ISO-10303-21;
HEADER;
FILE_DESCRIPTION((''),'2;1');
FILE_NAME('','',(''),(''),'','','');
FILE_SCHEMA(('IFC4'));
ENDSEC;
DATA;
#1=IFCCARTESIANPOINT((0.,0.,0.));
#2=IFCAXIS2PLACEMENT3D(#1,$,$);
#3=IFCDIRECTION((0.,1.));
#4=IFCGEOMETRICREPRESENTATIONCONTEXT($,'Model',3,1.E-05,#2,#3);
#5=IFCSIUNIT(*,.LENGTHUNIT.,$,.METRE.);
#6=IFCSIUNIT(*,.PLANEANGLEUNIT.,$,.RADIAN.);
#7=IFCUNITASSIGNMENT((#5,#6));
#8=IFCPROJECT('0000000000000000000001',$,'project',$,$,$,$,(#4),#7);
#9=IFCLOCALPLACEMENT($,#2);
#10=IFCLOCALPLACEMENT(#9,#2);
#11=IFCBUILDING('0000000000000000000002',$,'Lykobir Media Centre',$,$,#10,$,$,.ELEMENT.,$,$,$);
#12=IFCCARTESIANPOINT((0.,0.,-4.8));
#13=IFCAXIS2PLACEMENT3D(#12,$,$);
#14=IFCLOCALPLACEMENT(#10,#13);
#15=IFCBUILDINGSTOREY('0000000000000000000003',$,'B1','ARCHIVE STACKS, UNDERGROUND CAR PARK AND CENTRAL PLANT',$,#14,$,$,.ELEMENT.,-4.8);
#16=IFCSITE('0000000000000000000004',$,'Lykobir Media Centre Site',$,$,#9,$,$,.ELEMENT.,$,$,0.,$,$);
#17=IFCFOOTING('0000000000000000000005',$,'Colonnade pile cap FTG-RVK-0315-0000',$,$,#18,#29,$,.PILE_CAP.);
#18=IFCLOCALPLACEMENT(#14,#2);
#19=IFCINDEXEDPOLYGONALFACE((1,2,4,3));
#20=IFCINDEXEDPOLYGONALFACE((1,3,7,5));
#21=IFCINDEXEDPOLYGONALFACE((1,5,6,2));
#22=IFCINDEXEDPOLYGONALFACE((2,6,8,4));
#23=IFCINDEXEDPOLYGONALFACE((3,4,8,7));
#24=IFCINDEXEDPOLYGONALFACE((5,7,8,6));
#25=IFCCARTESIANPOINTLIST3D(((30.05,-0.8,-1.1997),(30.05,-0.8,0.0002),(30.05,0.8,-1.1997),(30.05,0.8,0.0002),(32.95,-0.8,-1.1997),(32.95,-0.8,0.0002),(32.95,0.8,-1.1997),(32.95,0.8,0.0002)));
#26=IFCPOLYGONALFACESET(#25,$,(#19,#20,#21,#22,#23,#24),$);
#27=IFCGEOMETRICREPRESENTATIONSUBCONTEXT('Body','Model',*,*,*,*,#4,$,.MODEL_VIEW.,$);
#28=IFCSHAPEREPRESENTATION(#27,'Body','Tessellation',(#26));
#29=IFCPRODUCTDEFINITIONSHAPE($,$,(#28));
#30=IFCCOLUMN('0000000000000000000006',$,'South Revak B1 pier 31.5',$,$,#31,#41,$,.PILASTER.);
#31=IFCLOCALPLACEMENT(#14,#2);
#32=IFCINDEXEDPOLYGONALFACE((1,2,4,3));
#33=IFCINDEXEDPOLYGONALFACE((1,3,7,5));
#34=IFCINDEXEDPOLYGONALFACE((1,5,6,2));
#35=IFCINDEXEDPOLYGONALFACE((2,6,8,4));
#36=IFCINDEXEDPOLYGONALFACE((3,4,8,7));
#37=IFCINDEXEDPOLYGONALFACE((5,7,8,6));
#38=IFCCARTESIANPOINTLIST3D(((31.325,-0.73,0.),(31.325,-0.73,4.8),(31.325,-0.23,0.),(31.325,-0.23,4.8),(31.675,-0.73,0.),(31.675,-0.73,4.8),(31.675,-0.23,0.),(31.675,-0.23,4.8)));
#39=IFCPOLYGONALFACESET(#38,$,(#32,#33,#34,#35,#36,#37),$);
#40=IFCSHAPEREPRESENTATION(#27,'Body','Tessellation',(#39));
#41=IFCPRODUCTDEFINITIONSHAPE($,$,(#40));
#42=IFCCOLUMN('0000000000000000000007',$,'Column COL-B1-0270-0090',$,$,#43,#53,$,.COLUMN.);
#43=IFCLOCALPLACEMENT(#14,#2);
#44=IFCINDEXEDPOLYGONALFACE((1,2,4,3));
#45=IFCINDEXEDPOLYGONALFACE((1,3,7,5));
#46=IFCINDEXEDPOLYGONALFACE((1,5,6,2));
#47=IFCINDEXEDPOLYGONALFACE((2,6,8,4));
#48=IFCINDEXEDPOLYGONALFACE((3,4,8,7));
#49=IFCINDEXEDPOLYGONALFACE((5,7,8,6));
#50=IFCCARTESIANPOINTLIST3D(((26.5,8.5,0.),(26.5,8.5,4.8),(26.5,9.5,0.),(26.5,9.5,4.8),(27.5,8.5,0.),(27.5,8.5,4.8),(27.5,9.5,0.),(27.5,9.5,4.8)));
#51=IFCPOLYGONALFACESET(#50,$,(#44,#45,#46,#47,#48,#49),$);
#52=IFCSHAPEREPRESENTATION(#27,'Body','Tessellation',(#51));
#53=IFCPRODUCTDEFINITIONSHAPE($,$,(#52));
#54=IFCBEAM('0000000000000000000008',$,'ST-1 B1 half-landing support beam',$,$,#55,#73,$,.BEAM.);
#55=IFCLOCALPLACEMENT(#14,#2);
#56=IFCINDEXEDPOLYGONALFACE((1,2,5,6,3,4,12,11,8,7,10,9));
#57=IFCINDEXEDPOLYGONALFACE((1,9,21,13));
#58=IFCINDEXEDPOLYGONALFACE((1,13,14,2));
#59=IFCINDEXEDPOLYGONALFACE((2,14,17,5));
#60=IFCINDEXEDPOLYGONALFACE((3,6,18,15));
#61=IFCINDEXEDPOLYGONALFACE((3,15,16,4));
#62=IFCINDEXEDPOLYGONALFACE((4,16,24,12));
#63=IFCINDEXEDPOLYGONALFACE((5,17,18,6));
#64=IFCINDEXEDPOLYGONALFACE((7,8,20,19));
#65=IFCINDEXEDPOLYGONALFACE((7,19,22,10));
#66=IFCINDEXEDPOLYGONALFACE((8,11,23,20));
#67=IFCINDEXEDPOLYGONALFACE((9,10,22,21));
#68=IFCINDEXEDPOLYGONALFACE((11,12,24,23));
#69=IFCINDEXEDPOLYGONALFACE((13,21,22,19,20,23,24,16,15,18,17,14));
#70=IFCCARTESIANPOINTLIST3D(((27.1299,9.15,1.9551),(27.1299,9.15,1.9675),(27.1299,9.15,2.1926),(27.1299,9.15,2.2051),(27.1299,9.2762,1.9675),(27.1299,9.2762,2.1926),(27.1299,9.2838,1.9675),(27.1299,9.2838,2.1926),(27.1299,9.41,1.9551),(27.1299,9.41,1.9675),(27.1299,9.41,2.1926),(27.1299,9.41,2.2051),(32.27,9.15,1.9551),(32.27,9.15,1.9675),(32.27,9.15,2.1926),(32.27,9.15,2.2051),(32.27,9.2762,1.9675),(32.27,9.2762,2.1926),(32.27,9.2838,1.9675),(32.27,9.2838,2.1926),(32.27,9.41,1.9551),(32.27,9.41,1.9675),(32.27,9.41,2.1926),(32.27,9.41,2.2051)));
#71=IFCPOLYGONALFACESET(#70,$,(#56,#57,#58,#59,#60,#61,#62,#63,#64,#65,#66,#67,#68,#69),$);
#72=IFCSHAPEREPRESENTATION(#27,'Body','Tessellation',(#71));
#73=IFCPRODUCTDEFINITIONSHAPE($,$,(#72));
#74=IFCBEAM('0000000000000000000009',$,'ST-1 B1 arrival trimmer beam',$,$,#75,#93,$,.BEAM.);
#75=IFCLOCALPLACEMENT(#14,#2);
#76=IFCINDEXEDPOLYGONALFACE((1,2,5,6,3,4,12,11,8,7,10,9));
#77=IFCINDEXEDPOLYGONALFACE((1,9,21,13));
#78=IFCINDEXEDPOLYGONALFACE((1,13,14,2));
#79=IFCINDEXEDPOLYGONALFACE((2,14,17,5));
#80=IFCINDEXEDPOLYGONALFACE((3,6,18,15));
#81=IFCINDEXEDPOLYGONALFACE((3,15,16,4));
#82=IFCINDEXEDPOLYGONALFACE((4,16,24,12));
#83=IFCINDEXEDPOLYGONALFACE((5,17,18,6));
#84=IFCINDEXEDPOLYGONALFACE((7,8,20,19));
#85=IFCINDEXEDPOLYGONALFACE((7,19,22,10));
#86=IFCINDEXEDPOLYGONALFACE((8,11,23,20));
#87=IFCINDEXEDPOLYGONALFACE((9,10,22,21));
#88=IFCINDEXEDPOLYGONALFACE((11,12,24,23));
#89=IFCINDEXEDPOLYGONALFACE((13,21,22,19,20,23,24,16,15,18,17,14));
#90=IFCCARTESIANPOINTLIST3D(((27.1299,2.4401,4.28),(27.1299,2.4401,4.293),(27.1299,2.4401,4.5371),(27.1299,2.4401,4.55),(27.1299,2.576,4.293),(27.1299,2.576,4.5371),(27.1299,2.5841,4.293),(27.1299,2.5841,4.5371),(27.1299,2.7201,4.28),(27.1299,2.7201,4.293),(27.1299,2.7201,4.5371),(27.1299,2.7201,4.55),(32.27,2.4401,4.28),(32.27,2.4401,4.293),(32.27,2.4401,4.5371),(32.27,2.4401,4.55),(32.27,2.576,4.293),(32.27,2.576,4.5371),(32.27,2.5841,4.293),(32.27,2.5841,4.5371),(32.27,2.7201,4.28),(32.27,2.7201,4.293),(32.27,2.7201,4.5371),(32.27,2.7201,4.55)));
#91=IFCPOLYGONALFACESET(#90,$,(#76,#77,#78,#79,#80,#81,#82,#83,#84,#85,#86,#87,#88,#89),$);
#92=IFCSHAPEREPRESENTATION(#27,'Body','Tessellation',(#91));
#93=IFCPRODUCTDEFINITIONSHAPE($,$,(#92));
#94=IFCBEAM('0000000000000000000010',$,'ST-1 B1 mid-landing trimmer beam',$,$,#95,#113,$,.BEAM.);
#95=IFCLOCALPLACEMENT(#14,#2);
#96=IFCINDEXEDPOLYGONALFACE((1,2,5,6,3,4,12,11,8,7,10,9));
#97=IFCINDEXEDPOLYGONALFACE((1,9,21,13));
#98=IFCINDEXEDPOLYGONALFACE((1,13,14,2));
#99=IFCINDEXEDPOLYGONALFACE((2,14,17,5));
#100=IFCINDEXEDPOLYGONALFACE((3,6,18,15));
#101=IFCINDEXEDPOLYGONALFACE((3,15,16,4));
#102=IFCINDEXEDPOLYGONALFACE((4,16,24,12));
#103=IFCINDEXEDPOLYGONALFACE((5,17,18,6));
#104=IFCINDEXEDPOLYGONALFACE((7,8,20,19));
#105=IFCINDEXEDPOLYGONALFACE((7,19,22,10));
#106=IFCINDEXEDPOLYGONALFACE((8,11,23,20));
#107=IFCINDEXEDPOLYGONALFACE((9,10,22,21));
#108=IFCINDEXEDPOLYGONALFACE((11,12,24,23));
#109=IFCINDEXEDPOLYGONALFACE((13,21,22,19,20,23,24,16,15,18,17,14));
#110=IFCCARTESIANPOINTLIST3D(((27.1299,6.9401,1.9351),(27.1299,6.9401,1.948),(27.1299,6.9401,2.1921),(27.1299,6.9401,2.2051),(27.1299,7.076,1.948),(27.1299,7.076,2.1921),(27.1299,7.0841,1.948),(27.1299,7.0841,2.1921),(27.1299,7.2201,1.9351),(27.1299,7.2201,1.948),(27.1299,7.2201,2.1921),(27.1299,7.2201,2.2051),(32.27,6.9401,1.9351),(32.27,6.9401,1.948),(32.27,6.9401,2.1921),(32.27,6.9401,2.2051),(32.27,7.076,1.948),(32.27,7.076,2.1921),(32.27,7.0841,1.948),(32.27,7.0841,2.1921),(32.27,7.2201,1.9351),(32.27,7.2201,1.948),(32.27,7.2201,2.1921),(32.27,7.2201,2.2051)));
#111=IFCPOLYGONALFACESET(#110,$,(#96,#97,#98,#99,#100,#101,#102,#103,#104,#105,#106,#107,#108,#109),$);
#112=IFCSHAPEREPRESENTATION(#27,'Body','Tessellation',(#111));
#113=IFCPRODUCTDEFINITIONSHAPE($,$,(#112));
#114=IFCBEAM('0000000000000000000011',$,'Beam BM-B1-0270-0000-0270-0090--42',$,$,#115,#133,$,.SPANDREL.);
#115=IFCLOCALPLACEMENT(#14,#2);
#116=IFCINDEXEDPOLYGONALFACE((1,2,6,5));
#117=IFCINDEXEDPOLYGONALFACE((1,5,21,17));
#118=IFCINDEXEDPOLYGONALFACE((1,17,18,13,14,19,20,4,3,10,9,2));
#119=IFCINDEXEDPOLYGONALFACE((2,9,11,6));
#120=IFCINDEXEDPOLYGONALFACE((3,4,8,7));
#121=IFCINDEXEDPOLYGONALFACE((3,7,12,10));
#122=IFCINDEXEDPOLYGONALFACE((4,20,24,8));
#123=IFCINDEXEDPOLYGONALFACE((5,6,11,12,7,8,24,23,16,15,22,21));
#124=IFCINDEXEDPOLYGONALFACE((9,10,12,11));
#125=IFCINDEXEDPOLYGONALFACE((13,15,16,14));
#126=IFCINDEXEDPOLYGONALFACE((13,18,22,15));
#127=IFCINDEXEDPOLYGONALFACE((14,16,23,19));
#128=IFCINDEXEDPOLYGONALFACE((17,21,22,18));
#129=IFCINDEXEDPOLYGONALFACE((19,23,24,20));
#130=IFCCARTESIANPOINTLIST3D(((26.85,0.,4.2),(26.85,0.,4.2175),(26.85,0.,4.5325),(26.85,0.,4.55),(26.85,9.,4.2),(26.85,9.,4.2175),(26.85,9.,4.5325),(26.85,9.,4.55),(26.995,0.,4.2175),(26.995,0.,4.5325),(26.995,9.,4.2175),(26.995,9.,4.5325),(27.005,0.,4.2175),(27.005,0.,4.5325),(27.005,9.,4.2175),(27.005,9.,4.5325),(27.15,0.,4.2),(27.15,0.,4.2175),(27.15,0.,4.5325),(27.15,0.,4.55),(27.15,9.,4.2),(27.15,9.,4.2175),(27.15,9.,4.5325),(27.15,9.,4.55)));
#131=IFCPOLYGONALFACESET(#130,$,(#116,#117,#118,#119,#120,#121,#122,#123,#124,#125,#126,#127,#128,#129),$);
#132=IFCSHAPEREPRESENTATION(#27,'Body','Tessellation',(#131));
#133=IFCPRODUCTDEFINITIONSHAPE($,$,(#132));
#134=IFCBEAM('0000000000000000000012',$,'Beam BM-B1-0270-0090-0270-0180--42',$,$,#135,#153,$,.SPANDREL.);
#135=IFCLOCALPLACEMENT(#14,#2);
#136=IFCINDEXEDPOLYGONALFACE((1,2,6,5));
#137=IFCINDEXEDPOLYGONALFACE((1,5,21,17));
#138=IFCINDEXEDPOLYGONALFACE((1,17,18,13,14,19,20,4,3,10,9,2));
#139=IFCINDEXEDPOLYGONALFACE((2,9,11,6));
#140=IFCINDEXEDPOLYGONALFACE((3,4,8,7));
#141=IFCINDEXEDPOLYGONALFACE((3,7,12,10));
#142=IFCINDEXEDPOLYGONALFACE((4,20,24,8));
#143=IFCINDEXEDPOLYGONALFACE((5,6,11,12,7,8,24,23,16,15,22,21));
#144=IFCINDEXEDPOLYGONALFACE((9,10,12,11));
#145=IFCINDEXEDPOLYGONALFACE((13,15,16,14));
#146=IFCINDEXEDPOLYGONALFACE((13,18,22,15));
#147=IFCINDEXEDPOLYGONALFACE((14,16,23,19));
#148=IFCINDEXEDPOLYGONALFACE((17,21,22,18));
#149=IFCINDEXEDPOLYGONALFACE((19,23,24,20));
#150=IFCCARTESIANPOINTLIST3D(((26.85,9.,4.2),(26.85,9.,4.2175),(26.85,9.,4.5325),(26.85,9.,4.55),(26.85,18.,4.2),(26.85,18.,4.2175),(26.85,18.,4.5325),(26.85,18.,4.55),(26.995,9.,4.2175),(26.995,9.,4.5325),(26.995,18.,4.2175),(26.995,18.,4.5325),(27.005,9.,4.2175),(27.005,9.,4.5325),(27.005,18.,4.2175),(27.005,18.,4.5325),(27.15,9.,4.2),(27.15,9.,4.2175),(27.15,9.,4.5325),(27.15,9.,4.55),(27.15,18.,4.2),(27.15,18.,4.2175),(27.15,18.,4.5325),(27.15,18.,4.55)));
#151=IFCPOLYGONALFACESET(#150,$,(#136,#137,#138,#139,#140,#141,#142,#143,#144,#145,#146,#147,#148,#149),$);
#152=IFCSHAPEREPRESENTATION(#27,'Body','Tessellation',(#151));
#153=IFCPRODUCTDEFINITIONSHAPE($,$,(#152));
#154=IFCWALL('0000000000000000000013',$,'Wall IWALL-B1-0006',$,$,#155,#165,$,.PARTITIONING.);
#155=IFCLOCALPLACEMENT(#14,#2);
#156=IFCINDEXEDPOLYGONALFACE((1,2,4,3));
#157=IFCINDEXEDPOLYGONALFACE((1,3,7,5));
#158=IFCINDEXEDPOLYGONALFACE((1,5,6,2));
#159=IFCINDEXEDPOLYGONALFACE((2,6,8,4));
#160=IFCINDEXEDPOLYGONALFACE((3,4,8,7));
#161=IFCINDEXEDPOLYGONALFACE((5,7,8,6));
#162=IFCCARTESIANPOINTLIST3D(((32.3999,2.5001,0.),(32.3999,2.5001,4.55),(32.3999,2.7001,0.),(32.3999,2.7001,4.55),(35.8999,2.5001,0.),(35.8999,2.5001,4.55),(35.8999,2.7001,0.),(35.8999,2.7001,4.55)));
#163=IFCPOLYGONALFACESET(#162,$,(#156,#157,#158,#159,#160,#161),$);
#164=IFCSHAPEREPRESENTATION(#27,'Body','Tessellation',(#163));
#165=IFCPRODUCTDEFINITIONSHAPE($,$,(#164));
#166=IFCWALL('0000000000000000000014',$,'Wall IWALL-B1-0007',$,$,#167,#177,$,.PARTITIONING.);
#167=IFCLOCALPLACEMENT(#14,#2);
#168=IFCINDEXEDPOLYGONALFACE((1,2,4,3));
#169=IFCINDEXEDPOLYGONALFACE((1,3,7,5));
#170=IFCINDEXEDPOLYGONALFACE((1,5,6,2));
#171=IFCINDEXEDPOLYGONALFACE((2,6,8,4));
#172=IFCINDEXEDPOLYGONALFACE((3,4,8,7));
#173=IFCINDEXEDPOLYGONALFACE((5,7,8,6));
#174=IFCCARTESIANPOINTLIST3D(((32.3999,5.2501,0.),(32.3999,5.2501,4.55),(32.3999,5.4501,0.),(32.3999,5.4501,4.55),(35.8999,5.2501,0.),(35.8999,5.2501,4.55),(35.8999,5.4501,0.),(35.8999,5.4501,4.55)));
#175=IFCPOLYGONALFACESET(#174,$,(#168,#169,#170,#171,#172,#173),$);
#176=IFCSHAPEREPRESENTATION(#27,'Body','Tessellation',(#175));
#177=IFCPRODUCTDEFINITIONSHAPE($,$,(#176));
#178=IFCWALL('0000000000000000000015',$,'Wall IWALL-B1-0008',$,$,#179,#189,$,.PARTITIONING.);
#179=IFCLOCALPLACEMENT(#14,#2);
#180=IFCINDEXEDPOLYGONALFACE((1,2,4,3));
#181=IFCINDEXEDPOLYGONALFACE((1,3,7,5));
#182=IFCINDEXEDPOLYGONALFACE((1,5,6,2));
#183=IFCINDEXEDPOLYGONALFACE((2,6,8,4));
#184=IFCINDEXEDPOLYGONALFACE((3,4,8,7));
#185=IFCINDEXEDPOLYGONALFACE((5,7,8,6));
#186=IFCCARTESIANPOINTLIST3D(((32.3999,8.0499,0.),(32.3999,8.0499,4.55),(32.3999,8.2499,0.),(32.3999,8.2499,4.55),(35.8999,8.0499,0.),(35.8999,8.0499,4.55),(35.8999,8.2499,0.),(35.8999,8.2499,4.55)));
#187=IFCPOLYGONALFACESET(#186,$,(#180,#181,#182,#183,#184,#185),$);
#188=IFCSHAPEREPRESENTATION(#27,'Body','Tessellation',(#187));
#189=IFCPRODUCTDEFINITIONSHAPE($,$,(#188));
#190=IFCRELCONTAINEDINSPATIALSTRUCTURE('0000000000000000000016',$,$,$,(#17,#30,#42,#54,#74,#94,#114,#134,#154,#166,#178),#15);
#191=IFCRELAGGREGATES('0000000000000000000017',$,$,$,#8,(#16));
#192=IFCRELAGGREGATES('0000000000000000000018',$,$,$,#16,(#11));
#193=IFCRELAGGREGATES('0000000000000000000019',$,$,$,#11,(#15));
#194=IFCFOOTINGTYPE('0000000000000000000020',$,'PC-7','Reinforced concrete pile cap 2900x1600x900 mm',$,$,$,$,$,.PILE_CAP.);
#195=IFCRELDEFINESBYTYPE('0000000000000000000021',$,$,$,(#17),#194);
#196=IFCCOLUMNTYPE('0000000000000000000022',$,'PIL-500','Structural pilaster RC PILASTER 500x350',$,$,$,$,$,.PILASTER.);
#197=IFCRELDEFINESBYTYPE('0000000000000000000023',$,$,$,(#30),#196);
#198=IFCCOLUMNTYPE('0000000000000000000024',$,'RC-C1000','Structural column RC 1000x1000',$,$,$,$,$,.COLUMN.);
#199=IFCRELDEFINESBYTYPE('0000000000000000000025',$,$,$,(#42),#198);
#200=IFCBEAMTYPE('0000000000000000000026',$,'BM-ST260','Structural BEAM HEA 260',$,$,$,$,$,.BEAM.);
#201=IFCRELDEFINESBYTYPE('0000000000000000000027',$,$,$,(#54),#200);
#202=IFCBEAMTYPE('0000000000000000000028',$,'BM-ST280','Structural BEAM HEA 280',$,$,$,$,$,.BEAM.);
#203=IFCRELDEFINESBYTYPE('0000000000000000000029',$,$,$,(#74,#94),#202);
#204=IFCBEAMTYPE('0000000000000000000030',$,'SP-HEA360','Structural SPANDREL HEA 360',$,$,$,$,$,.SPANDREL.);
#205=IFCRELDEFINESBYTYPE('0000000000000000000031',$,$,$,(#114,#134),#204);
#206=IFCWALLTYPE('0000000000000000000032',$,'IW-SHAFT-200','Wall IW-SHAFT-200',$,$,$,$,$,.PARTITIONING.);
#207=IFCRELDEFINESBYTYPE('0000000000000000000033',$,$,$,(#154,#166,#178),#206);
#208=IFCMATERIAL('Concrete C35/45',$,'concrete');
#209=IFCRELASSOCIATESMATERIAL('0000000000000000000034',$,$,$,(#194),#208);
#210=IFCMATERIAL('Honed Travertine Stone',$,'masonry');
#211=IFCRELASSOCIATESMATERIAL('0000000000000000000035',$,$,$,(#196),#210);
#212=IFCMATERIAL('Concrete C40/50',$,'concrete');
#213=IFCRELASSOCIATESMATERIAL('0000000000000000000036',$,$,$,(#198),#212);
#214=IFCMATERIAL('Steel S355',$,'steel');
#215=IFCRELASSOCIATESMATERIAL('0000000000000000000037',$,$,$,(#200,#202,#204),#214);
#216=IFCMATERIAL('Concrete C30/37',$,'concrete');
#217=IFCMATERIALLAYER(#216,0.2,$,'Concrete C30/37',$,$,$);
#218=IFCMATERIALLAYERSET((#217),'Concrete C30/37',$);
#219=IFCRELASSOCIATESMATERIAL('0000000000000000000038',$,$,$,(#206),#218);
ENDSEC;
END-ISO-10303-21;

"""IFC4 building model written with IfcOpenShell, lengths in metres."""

from ifc_helpers import new_model, si_unit, direction, frame, frame_2d, origin, origin_2d, place, context, subcontext, project, spatial, rectangle, i_section, extrude, material, layer, layer_set, material_profile, profile_set, type_object, element, save


model = new_model("IFC4")

# Units and contexts
model_context = context("Model", 3, precision=1e-05, world=origin(), true_north=direction((0.0, 1.0)))
body_context = subcontext(model_context, "Body", "Model", "MODEL_VIEW")
ifc_project = project(units=[si_unit("LENGTHUNIT", "METRE"), si_unit("PLANEANGLEUNIT", "RADIAN")], contexts=[model_context])

# Site, building, storey
site_placement = place(None, origin())
site = spatial("IfcSite", under=ifc_project, at=site_placement, Name="Lykobir Media Centre Site", CompositionType="ELEMENT", RefElevation=0.0)
building_placement = place(site_placement, origin())
building = spatial("IfcBuilding", under=site, at=building_placement, Name="Lykobir Media Centre", CompositionType="ELEMENT")
storey_placement = place(building_placement, frame((0.0, 0.0, -4.8)))
storey = spatial("IfcBuildingStorey", under=building, at=storey_placement, Name="B1", Description="ARCHIVE STACKS, UNDERGROUND CAR PARK AND CENTRAL PLANT", CompositionType="ELEMENT", Elevation=-4.8)

# Shared definitions
ifc_material_1 = material(Name="Concrete C30/37", Category="concrete")

# Footing
ifc_material_2 = material(Name="Concrete C35/45", Category="concrete")
footing_type_1 = type_object("IfcFootingType", Name="PC-7", Description="Reinforced concrete pile cap 2900x1600x900 mm", PredefinedType="PILE_CAP", material=ifc_material_2)
footing_1_placement = place(storey_placement, frame((31.5, 0.0, -1.1997), z_axis=(0.0, 0.0, 1.0), x_axis=(1.0, 0.0, 0.0)))
element("IfcFooting", 1, at=footing_1_placement, inside=storey, type_object=footing_type_1, Name="Colonnade pile cap FTG-RVK-0315-0000", PredefinedType="PILE_CAP", context=body_context, shape_type="SweptSolid", body=[
    extrude(rectangle(XDim=2.8999, YDim=1.6001, at=origin_2d()), origin(), (0.0, 0.0, 1.0), 1.2),
])

# Columns
ifc_material_3 = material(Name="Honed Travertine Stone", Category="masonry")
ifc_material_profile_1 = material_profile(ifc_material_3, rectangle(XDim=0.3501, YDim=0.5, at=origin_2d()), Name="RC PILASTER 500x350")
ifc_profile_set_1 = profile_set([ifc_material_profile_1], Name="Honed Travertine Stone")
column_type_1 = type_object("IfcColumnType", Name="PIL-500", Description="Structural pilaster RC PILASTER 500x350", PredefinedType="PILASTER", material=ifc_profile_set_1)
column_1_placement = place(storey_placement, frame((31.5, -0.48, 0.0), z_axis=(0.0, 0.0, 1.0), x_axis=(1.0, 0.0, 0.0)))
element("IfcColumn", 2, at=column_1_placement, inside=storey, type_object=column_type_1, Name="South Revak B1 pier 31.5", PredefinedType="PILASTER", context=body_context, shape_type="SweptSolid", body=[
    extrude(rectangle(XDim=0.3501, YDim=0.5, at=origin_2d()), origin(), (0.0, 0.0, 1.0), 4.8),
])
ifc_material_4 = material(Name="Concrete C40/50", Category="concrete")
ifc_material_profile_2 = material_profile(ifc_material_4, rectangle(XDim=1.0, YDim=1.0, at=origin_2d()), Name="RC 1000x1000")
ifc_profile_set_2 = profile_set([ifc_material_profile_2], Name="Concrete C40/50")
column_type_2 = type_object("IfcColumnType", Name="RC-C1000", Description="Structural column RC 1000x1000", PredefinedType="COLUMN", material=ifc_profile_set_2)
column_2_placement = place(storey_placement, frame((27.0, 9.0, 0.0), z_axis=(0.0, 0.0, 1.0), x_axis=(1.0, 0.0, 0.0)))
element("IfcColumn", 3, at=column_2_placement, inside=storey, type_object=column_type_2, Name="Column COL-B1-0270-0090", PredefinedType="COLUMN", context=body_context, shape_type="SweptSolid", body=[
    extrude(rectangle(XDim=1.0, YDim=1.0, at=origin_2d()), origin(), (0.0, 0.0, 1.0), 4.8),
])

# Beams
ifc_material_5 = material(Name="Steel S355", Category="steel")
ifc_material_profile_3 = material_profile(ifc_material_5, i_section(OverallWidth=0.26, OverallDepth=0.25, WebThickness=0.0076, FlangeThickness=0.0125, at=origin_2d()), Name="HEA 260")
ifc_profile_set_3 = profile_set([ifc_material_profile_3], Name="Steel S355")
beam_type_1 = type_object("IfcBeamType", Name="BM-ST260", Description="Structural BEAM HEA 260", PredefinedType="BEAM", material=ifc_profile_set_3)
beam_placement = place(storey_placement, frame((27.1299, 9.28, 2.0801), z_axis=(1.0, 0.0, 0.0), x_axis=(0.0, 1.0, 0.0)))
element("IfcBeam", 4, at=beam_placement, inside=storey, type_object=beam_type_1, Name="ST-1 B1 half-landing support beam", PredefinedType="BEAM", context=body_context, shape_type="SweptSolid", body=[
    extrude(i_section(OverallWidth=0.26, OverallDepth=0.25, WebThickness=0.0076, FlangeThickness=0.0125, at=origin_2d()), origin(), (0.0, 0.0, 1.0), 5.1401),
])
ifc_material_profile_4 = material_profile(ifc_material_5, i_section(OverallWidth=0.28, OverallDepth=0.27, WebThickness=0.0081, FlangeThickness=0.0129, at=origin_2d()), Name="HEA 280")
ifc_profile_set_4 = profile_set([ifc_material_profile_4], Name="Steel S355")
beam_type_2 = type_object("IfcBeamType", Name="BM-ST280", Description="Structural BEAM HEA 280", PredefinedType="BEAM", material=ifc_profile_set_4)
for number, where, z_axis, x_axis, name in (
    (5, (27.1299, 2.5801, 4.415), (1.0, 0.0, 0.0), (0.0, 1.0, 0.0), "ST-1 B1 arrival trimmer beam"),
    (6, (27.1299, 7.0801, 2.0701), (1.0, 0.0, 0.0), (0.0, 1.0, 0.0), "ST-1 B1 mid-landing trimmer beam"),
):
    element("IfcBeam", number, at=place(storey_placement, frame(where, z_axis=z_axis, x_axis=x_axis)), inside=storey, type_object=beam_type_2, Name=name, PredefinedType="BEAM", context=body_context, shape_type="SweptSolid", body=[
        extrude(i_section(OverallWidth=0.28, OverallDepth=0.27, WebThickness=0.0081, FlangeThickness=0.0129, at=origin_2d()), origin(), (0.0, 0.0, 1.0), 5.1401),
    ])
ifc_material_profile_5 = material_profile(ifc_material_5, i_section(OverallWidth=0.3, OverallDepth=0.3501, WebThickness=0.01, FlangeThickness=0.0176, at=origin_2d()), Name="HEA 360")
ifc_profile_set_5 = profile_set([ifc_material_profile_5], Name="Steel S355")
beam_type_3 = type_object("IfcBeamType", Name="SP-HEA360", Description="Structural SPANDREL HEA 360", PredefinedType="SPANDREL", material=ifc_profile_set_5)
for number, where, z_axis, x_axis, name in (
    (7, (27.0, 0.0, 4.375), (0.0, 1.0, 0.0), (-1.0, 0.0, 0.0), "Beam BM-B1-0270-0000-0270-0090--42"),
    (8, (27.0, 9.0, 4.375), (0.0, 1.0, 0.0), (-1.0, 0.0, 0.0), "Beam BM-B1-0270-0090-0270-0180--42"),
):
    element("IfcBeam", number, at=place(storey_placement, frame(where, z_axis=z_axis, x_axis=x_axis)), inside=storey, type_object=beam_type_3, Name=name, PredefinedType="SPANDREL", context=body_context, shape_type="SweptSolid", body=[
        extrude(i_section(OverallWidth=0.3, OverallDepth=0.3501, WebThickness=0.01, FlangeThickness=0.0176, at=origin_2d()), origin(), (0.0, 0.0, 1.0), 9.0),
    ])

# Walls
ifc_layer_1 = layer(ifc_material_1, 0.2, Name="Concrete C30/37")
ifc_layer_set_1 = layer_set([ifc_layer_1], Name="Concrete C30/37")
wall_type_1 = type_object("IfcWallType", Name="IW-SHAFT-200", Description="Wall IW-SHAFT-200", PredefinedType="PARTITIONING", material=ifc_layer_set_1)
for number, where, z_axis, x_axis, name in (
    (9, (32.3999, 2.6001, 0.0), (0.0, 0.0, 1.0), (1.0, 0.0, 0.0), "Wall IWALL-B1-0006"),
    (10, (32.3999, 5.3501, 0.0), (0.0, 0.0, 1.0), (1.0, 0.0, 0.0), "Wall IWALL-B1-0007"),
    (11, (32.3999, 8.1499, 0.0), (0.0, 0.0, 1.0), (1.0, 0.0, 0.0), "Wall IWALL-B1-0008"),
):
    element("IfcWall", number, at=place(storey_placement, frame(where, z_axis=z_axis, x_axis=x_axis)), inside=storey, type_object=wall_type_1, Name=name, PredefinedType="PARTITIONING", context=body_context, shape_type="SweptSolid", body=[
        extrude(rectangle(XDim=3.5, YDim=0.2, at=frame_2d((1.75, 0.0))), origin(), (0.0, 0.0, 1.0), 4.55),
    ])

save(model, "model.ifc")
